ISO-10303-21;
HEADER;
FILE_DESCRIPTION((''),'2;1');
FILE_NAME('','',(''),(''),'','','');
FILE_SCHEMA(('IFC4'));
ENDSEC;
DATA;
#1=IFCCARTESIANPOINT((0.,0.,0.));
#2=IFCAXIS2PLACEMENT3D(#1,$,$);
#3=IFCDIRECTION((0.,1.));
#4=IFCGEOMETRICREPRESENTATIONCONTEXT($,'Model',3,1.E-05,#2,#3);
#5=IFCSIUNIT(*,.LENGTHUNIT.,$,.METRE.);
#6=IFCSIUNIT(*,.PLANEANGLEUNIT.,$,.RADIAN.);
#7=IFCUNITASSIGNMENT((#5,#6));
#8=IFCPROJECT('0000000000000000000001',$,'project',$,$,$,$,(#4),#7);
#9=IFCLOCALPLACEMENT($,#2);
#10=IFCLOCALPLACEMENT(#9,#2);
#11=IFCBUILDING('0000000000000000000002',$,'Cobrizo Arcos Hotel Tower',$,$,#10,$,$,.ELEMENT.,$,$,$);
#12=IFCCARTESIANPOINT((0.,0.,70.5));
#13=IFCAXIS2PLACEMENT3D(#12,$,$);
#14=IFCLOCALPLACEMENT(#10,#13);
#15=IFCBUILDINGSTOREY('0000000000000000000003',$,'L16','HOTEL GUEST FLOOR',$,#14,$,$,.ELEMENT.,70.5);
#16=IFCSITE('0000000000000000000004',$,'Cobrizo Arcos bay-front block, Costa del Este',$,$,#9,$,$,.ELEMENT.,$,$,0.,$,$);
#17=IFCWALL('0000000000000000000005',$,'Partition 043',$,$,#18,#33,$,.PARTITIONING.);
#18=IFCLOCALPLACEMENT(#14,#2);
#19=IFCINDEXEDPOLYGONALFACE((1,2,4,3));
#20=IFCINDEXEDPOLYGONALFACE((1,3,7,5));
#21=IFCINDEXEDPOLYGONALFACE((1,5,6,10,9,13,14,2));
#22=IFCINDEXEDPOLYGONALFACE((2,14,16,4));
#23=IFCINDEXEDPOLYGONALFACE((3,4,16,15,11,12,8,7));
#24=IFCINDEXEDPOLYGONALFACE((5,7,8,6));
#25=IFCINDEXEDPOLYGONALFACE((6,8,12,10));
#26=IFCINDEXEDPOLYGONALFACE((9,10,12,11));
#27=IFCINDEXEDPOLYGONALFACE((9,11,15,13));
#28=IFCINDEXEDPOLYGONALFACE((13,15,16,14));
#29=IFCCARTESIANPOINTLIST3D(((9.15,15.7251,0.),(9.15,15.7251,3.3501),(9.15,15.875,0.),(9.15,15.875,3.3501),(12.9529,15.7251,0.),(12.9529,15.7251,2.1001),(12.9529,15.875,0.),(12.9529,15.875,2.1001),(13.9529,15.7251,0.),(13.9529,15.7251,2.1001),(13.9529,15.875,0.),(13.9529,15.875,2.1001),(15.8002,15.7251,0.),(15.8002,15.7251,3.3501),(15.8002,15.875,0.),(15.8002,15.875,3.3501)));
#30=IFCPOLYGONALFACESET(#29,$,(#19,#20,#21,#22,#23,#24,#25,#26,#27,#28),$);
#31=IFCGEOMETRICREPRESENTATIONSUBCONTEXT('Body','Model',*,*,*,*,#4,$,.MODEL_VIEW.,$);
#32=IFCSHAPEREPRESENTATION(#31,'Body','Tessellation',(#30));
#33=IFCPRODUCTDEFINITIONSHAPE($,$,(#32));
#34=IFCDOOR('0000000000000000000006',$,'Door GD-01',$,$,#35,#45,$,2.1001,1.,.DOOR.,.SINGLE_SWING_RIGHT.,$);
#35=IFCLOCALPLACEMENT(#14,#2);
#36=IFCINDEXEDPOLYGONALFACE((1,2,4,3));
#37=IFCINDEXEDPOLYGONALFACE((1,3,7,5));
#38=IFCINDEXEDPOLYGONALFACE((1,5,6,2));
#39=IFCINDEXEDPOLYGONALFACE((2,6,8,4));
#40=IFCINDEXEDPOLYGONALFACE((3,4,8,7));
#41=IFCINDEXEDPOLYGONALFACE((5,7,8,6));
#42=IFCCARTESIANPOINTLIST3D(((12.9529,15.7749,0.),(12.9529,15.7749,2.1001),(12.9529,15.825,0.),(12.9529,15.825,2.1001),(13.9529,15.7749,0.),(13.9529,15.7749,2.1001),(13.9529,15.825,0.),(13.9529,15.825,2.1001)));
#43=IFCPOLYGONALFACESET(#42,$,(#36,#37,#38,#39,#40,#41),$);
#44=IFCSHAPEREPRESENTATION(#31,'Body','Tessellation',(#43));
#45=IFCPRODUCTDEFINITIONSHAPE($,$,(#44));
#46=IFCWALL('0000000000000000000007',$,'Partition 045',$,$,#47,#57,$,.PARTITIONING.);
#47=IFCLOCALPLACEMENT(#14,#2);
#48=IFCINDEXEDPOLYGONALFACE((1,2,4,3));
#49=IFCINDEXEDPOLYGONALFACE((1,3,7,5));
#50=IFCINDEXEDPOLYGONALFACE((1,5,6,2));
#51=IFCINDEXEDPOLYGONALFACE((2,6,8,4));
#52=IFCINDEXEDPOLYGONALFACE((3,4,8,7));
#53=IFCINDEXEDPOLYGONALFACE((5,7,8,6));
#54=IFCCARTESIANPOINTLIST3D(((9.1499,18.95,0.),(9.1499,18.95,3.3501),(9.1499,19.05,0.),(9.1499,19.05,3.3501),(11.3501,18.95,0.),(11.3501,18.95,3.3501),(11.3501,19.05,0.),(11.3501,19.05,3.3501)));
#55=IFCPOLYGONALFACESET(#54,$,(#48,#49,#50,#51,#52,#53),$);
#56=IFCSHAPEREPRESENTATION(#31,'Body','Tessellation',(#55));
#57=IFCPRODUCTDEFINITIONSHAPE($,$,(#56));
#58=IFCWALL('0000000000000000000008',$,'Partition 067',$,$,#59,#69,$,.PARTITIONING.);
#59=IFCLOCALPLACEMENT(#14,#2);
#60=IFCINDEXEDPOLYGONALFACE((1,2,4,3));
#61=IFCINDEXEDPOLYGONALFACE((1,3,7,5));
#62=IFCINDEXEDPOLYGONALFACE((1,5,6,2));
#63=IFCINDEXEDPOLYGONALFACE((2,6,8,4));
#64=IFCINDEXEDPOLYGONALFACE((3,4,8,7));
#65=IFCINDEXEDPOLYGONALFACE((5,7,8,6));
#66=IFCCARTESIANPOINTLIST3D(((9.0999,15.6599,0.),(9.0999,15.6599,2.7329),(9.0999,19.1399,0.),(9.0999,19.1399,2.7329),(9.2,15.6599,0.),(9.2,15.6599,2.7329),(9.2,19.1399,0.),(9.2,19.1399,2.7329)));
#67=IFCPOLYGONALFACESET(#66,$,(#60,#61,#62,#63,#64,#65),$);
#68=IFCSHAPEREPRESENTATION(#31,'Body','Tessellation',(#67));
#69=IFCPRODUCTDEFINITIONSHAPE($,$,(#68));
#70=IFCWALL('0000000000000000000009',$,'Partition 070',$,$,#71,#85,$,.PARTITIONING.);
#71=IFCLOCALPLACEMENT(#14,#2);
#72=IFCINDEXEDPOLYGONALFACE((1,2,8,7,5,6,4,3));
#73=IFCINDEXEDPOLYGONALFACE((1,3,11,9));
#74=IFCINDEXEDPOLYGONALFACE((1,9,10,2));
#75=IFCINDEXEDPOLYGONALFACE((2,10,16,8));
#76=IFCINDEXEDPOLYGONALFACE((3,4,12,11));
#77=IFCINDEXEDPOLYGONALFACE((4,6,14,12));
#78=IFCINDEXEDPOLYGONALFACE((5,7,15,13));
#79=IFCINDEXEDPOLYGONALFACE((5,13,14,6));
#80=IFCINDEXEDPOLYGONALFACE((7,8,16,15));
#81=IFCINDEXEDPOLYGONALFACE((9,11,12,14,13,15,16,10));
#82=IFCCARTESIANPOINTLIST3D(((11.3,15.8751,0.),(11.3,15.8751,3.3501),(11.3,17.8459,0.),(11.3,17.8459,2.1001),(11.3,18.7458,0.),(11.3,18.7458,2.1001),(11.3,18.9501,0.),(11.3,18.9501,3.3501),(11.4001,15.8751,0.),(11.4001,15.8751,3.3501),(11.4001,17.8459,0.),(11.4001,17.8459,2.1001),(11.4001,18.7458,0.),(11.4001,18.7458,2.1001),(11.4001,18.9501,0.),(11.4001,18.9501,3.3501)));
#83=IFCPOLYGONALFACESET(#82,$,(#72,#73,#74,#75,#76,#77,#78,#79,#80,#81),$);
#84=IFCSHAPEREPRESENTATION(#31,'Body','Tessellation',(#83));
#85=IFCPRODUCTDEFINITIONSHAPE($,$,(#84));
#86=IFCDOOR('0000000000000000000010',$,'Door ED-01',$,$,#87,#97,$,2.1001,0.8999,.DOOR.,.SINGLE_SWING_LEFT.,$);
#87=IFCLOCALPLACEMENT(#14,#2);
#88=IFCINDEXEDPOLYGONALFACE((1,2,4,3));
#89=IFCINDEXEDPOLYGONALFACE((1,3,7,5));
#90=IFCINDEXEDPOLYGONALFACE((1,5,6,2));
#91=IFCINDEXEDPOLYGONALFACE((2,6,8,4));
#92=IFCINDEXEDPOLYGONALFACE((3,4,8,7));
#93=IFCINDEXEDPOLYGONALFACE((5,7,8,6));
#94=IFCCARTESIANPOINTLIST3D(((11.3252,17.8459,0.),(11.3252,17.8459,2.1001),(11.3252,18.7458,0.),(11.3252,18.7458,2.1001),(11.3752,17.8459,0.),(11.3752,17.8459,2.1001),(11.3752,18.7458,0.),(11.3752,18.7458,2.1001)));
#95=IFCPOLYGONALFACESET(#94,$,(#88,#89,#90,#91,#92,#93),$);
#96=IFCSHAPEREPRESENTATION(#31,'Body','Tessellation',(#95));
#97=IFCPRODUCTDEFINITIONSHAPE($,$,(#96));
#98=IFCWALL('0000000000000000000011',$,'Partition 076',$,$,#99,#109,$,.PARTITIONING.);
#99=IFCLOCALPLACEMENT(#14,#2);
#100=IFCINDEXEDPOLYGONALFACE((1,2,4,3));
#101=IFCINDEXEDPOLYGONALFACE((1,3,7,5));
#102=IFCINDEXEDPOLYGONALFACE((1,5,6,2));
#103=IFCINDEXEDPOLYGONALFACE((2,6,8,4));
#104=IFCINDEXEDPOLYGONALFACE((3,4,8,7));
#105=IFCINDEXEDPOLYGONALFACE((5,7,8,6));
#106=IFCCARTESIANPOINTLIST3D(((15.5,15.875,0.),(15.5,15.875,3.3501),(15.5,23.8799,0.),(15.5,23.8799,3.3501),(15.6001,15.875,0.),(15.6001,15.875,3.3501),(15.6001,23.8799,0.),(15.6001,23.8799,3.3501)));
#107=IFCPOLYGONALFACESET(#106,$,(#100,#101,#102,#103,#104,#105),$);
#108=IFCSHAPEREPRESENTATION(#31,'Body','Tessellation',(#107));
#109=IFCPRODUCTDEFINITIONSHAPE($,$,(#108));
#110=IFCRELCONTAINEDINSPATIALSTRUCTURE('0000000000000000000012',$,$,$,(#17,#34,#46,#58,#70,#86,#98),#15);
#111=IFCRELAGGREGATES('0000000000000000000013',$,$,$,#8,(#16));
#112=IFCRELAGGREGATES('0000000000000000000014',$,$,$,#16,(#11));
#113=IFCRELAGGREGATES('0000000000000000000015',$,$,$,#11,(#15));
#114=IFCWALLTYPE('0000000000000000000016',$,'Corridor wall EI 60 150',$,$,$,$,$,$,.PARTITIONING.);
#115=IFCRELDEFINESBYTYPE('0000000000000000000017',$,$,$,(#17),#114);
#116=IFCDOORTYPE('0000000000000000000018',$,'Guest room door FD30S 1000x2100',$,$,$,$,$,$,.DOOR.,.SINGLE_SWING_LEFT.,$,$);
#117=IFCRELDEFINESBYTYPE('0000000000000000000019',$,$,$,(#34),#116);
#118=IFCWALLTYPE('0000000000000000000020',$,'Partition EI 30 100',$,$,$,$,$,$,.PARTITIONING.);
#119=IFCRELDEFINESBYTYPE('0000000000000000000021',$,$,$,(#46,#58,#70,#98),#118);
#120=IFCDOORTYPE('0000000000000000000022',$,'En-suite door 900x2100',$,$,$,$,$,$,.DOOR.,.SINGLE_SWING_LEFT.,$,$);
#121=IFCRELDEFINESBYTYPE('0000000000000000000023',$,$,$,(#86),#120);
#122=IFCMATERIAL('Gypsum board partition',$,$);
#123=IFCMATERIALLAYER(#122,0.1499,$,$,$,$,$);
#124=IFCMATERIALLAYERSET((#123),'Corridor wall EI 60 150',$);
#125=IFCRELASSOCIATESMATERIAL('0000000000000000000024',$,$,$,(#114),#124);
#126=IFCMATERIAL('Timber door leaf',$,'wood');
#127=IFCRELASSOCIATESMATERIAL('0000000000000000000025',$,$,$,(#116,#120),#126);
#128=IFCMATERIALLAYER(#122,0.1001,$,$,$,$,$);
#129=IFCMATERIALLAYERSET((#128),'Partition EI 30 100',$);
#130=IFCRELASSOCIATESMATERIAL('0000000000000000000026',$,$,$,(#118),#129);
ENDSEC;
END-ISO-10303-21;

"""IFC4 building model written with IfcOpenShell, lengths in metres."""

from ifc_helpers import new_model, si_unit, direction, frame, frame_2d, origin, place, context, subcontext, project, spatial, rectangle, extrude, material, layer, layer_set, type_object, element, fill, save


model = new_model("IFC4")

# Units and contexts
model_context = context("Model", 3, precision=1e-05, world=origin(), true_north=direction((0.0, 1.0)))
body_context = subcontext(model_context, "Body", "Model", "MODEL_VIEW")
ifc_project = project(units=[si_unit("LENGTHUNIT", "METRE"), si_unit("PLANEANGLEUNIT", "RADIAN")], contexts=[model_context])

# Site, building, storey
site_placement = place(None, origin())
site = spatial("IfcSite", under=ifc_project, at=site_placement, Name="Cobrizo Arcos bay-front block, Costa del Este", CompositionType="ELEMENT", RefElevation=0.0)
building_placement = place(site_placement, origin())
building = spatial("IfcBuilding", under=site, at=building_placement, Name="Cobrizo Arcos Hotel Tower", CompositionType="ELEMENT")
storey_placement = place(building_placement, frame((0.0, 0.0, 70.5)))
storey = spatial("IfcBuildingStorey", under=building, at=storey_placement, Name="L16", Description="HOTEL GUEST FLOOR", CompositionType="ELEMENT", Elevation=70.5)

# Wall, opening, door
ifc_material_1 = material(Name="Gypsum board partition")
ifc_layer_1 = layer(ifc_material_1, 0.1499)
ifc_layer_set_1 = layer_set([ifc_layer_1], Name="Corridor wall EI 60 150")
wall_type_1 = type_object("IfcWallType", Name="Corridor wall EI 60 150", PredefinedType="PARTITIONING", material=ifc_layer_set_1)
wall_1_placement = place(storey_placement, frame((9.1499, 15.8, 0.0), z_axis=(0.0, 0.0, 1.0), x_axis=(1.0, 0.0, 0.0)))
wall_1 = element("IfcWall", 1, at=wall_1_placement, inside=storey, type_object=wall_type_1, Name="Partition 043", PredefinedType="PARTITIONING", context=body_context, shape_type="SweptSolid", body=[
    extrude(rectangle(XDim=6.6501, YDim=0.1499, at=frame_2d((3.3252, 0.0))), origin(), (0.0, 0.0, 1.0), 3.3501),
])
opening_1_placement = place(wall_1_placement, frame((3.803, 0.0, 0.0)))
opening_1 = element("IfcOpeningElement", 2, at=opening_1_placement, cuts=wall_1, PredefinedType="OPENING", context=body_context, shape_type="SweptSolid", body=[
    extrude(rectangle(XDim=1.0, YDim=2.1001, at=frame_2d((0.5, 1.05))), frame((0.0, 0.0869, 0.0), z_axis=(0.0, -1.0, 0.0), x_axis=(1.0, 0.0, 0.0)), (0.0, 0.0, 1.0), 0.1738),
])
ifc_material_2 = material(Name="Timber door leaf", Category="wood")
door_type_1 = type_object("IfcDoorType", Name="Guest room door FD30S 1000x2100", OperationType="SINGLE_SWING_LEFT", PredefinedType="DOOR", material=ifc_material_2)
door_1_placement = place(opening_1_placement, origin())
door_1 = element("IfcDoor", 3, at=door_1_placement, inside=storey, type_object=door_type_1, Name="Door GD-01", OperationType="SINGLE_SWING_RIGHT", OverallHeight=2.1001, OverallWidth=1.0, PredefinedType="DOOR", context=body_context, shape_type="SweptSolid", body=[
    extrude(rectangle(XDim=1.0, YDim=2.1001, at=frame_2d((0.5, 1.05))), frame((0.0, 0.0249, 0.0), z_axis=(0.0, -1.0, 0.0), x_axis=(1.0, 0.0, 0.0)), (0.0, 0.0, 1.0), 0.05),
])
fill(opening_1, door_1)

# Walls
ifc_layer_2 = layer(ifc_material_1, 0.1001)
ifc_layer_set_2 = layer_set([ifc_layer_2], Name="Partition EI 30 100")
wall_type_2 = type_object("IfcWallType", Name="Partition EI 30 100", PredefinedType="PARTITIONING", material=ifc_layer_set_2)
wall_2_placement = place(storey_placement, frame((9.1499, 19.0, 0.0), z_axis=(0.0, 0.0, 1.0), x_axis=(1.0, 0.0, 0.0)))
element("IfcWall", 4, at=wall_2_placement, inside=storey, type_object=wall_type_2, Name="Partition 045", PredefinedType="PARTITIONING", context=body_context, shape_type="SweptSolid", body=[
    extrude(rectangle(XDim=2.2002, YDim=0.1001, at=frame_2d((1.1001, 0.0))), origin(), (0.0, 0.0, 1.0), 3.3501),
])
wall_3_placement = place(storey_placement, frame((9.1499, 15.6599, 0.0), z_axis=(0.0, 0.0, 1.0), x_axis=(0.0, 1.0, 0.0)))
element("IfcWall", 5, at=wall_3_placement, inside=storey, type_object=wall_type_2, Name="Partition 067", PredefinedType="PARTITIONING", context=body_context, shape_type="SweptSolid", body=[
    extrude(rectangle(XDim=3.48, YDim=0.1001, at=frame_2d((1.74, 0.0))), origin(), (0.0, 0.0, 1.0), 2.7329),
])

# Wall, opening, door
wall_4_placement = place(storey_placement, frame((11.3501, 15.875, 0.0), z_axis=(0.0, 0.0, 1.0), x_axis=(0.0, 1.0, 0.0)))
wall_4 = element("IfcWall", 6, at=wall_4_placement, inside=storey, type_object=wall_type_2, Name="Partition 070", PredefinedType="PARTITIONING", context=body_context, shape_type="SweptSolid", body=[
    extrude(rectangle(XDim=3.075, YDim=0.1001, at=frame_2d((1.5376, 0.0))), origin(), (0.0, 0.0, 1.0), 3.3501),
])
opening_2_placement = place(wall_4_placement, frame((1.9709, 0.0, 0.0)))
opening_2 = element("IfcOpeningElement", 7, at=opening_2_placement, cuts=wall_4, PredefinedType="OPENING", context=body_context, shape_type="SweptSolid", body=[
    extrude(rectangle(XDim=0.8999, YDim=2.1001, at=frame_2d((0.45, 1.05))), frame((0.0, 0.062, 0.0), z_axis=(0.0, -1.0, 0.0), x_axis=(1.0, 0.0, 0.0)), (0.0, 0.0, 1.0), 0.124),
])
door_type_2 = type_object("IfcDoorType", Name="En-suite door 900x2100", OperationType="SINGLE_SWING_LEFT", PredefinedType="DOOR", material=ifc_material_2)
door_2_placement = place(opening_2_placement, origin())
door_2 = element("IfcDoor", 8, at=door_2_placement, inside=storey, type_object=door_type_2, Name="Door ED-01", OperationType="SINGLE_SWING_LEFT", OverallHeight=2.1001, OverallWidth=0.8999, PredefinedType="DOOR", context=body_context, shape_type="SweptSolid", body=[
    extrude(rectangle(XDim=0.8999, YDim=2.1001, at=frame_2d((0.45, 1.05))), frame((0.0, 0.0249, 0.0), z_axis=(0.0, -1.0, 0.0), x_axis=(1.0, 0.0, 0.0)), (0.0, 0.0, 1.0), 0.05),
])
fill(opening_2, door_2)

# Wall
wall_5_placement = place(storey_placement, frame((15.55, 15.875, 0.0), z_axis=(0.0, 0.0, 1.0), x_axis=(0.0, 1.0, 0.0)))
element("IfcWall", 9, at=wall_5_placement, inside=storey, type_object=wall_type_2, Name="Partition 076", PredefinedType="PARTITIONING", context=body_context, shape_type="SweptSolid", body=[
    extrude(rectangle(XDim=8.0049, YDim=0.1001, at=frame_2d((4.0024, 0.0))), origin(), (0.0, 0.0, 1.0), 3.3501),
])

save(model, "model.ifc")
